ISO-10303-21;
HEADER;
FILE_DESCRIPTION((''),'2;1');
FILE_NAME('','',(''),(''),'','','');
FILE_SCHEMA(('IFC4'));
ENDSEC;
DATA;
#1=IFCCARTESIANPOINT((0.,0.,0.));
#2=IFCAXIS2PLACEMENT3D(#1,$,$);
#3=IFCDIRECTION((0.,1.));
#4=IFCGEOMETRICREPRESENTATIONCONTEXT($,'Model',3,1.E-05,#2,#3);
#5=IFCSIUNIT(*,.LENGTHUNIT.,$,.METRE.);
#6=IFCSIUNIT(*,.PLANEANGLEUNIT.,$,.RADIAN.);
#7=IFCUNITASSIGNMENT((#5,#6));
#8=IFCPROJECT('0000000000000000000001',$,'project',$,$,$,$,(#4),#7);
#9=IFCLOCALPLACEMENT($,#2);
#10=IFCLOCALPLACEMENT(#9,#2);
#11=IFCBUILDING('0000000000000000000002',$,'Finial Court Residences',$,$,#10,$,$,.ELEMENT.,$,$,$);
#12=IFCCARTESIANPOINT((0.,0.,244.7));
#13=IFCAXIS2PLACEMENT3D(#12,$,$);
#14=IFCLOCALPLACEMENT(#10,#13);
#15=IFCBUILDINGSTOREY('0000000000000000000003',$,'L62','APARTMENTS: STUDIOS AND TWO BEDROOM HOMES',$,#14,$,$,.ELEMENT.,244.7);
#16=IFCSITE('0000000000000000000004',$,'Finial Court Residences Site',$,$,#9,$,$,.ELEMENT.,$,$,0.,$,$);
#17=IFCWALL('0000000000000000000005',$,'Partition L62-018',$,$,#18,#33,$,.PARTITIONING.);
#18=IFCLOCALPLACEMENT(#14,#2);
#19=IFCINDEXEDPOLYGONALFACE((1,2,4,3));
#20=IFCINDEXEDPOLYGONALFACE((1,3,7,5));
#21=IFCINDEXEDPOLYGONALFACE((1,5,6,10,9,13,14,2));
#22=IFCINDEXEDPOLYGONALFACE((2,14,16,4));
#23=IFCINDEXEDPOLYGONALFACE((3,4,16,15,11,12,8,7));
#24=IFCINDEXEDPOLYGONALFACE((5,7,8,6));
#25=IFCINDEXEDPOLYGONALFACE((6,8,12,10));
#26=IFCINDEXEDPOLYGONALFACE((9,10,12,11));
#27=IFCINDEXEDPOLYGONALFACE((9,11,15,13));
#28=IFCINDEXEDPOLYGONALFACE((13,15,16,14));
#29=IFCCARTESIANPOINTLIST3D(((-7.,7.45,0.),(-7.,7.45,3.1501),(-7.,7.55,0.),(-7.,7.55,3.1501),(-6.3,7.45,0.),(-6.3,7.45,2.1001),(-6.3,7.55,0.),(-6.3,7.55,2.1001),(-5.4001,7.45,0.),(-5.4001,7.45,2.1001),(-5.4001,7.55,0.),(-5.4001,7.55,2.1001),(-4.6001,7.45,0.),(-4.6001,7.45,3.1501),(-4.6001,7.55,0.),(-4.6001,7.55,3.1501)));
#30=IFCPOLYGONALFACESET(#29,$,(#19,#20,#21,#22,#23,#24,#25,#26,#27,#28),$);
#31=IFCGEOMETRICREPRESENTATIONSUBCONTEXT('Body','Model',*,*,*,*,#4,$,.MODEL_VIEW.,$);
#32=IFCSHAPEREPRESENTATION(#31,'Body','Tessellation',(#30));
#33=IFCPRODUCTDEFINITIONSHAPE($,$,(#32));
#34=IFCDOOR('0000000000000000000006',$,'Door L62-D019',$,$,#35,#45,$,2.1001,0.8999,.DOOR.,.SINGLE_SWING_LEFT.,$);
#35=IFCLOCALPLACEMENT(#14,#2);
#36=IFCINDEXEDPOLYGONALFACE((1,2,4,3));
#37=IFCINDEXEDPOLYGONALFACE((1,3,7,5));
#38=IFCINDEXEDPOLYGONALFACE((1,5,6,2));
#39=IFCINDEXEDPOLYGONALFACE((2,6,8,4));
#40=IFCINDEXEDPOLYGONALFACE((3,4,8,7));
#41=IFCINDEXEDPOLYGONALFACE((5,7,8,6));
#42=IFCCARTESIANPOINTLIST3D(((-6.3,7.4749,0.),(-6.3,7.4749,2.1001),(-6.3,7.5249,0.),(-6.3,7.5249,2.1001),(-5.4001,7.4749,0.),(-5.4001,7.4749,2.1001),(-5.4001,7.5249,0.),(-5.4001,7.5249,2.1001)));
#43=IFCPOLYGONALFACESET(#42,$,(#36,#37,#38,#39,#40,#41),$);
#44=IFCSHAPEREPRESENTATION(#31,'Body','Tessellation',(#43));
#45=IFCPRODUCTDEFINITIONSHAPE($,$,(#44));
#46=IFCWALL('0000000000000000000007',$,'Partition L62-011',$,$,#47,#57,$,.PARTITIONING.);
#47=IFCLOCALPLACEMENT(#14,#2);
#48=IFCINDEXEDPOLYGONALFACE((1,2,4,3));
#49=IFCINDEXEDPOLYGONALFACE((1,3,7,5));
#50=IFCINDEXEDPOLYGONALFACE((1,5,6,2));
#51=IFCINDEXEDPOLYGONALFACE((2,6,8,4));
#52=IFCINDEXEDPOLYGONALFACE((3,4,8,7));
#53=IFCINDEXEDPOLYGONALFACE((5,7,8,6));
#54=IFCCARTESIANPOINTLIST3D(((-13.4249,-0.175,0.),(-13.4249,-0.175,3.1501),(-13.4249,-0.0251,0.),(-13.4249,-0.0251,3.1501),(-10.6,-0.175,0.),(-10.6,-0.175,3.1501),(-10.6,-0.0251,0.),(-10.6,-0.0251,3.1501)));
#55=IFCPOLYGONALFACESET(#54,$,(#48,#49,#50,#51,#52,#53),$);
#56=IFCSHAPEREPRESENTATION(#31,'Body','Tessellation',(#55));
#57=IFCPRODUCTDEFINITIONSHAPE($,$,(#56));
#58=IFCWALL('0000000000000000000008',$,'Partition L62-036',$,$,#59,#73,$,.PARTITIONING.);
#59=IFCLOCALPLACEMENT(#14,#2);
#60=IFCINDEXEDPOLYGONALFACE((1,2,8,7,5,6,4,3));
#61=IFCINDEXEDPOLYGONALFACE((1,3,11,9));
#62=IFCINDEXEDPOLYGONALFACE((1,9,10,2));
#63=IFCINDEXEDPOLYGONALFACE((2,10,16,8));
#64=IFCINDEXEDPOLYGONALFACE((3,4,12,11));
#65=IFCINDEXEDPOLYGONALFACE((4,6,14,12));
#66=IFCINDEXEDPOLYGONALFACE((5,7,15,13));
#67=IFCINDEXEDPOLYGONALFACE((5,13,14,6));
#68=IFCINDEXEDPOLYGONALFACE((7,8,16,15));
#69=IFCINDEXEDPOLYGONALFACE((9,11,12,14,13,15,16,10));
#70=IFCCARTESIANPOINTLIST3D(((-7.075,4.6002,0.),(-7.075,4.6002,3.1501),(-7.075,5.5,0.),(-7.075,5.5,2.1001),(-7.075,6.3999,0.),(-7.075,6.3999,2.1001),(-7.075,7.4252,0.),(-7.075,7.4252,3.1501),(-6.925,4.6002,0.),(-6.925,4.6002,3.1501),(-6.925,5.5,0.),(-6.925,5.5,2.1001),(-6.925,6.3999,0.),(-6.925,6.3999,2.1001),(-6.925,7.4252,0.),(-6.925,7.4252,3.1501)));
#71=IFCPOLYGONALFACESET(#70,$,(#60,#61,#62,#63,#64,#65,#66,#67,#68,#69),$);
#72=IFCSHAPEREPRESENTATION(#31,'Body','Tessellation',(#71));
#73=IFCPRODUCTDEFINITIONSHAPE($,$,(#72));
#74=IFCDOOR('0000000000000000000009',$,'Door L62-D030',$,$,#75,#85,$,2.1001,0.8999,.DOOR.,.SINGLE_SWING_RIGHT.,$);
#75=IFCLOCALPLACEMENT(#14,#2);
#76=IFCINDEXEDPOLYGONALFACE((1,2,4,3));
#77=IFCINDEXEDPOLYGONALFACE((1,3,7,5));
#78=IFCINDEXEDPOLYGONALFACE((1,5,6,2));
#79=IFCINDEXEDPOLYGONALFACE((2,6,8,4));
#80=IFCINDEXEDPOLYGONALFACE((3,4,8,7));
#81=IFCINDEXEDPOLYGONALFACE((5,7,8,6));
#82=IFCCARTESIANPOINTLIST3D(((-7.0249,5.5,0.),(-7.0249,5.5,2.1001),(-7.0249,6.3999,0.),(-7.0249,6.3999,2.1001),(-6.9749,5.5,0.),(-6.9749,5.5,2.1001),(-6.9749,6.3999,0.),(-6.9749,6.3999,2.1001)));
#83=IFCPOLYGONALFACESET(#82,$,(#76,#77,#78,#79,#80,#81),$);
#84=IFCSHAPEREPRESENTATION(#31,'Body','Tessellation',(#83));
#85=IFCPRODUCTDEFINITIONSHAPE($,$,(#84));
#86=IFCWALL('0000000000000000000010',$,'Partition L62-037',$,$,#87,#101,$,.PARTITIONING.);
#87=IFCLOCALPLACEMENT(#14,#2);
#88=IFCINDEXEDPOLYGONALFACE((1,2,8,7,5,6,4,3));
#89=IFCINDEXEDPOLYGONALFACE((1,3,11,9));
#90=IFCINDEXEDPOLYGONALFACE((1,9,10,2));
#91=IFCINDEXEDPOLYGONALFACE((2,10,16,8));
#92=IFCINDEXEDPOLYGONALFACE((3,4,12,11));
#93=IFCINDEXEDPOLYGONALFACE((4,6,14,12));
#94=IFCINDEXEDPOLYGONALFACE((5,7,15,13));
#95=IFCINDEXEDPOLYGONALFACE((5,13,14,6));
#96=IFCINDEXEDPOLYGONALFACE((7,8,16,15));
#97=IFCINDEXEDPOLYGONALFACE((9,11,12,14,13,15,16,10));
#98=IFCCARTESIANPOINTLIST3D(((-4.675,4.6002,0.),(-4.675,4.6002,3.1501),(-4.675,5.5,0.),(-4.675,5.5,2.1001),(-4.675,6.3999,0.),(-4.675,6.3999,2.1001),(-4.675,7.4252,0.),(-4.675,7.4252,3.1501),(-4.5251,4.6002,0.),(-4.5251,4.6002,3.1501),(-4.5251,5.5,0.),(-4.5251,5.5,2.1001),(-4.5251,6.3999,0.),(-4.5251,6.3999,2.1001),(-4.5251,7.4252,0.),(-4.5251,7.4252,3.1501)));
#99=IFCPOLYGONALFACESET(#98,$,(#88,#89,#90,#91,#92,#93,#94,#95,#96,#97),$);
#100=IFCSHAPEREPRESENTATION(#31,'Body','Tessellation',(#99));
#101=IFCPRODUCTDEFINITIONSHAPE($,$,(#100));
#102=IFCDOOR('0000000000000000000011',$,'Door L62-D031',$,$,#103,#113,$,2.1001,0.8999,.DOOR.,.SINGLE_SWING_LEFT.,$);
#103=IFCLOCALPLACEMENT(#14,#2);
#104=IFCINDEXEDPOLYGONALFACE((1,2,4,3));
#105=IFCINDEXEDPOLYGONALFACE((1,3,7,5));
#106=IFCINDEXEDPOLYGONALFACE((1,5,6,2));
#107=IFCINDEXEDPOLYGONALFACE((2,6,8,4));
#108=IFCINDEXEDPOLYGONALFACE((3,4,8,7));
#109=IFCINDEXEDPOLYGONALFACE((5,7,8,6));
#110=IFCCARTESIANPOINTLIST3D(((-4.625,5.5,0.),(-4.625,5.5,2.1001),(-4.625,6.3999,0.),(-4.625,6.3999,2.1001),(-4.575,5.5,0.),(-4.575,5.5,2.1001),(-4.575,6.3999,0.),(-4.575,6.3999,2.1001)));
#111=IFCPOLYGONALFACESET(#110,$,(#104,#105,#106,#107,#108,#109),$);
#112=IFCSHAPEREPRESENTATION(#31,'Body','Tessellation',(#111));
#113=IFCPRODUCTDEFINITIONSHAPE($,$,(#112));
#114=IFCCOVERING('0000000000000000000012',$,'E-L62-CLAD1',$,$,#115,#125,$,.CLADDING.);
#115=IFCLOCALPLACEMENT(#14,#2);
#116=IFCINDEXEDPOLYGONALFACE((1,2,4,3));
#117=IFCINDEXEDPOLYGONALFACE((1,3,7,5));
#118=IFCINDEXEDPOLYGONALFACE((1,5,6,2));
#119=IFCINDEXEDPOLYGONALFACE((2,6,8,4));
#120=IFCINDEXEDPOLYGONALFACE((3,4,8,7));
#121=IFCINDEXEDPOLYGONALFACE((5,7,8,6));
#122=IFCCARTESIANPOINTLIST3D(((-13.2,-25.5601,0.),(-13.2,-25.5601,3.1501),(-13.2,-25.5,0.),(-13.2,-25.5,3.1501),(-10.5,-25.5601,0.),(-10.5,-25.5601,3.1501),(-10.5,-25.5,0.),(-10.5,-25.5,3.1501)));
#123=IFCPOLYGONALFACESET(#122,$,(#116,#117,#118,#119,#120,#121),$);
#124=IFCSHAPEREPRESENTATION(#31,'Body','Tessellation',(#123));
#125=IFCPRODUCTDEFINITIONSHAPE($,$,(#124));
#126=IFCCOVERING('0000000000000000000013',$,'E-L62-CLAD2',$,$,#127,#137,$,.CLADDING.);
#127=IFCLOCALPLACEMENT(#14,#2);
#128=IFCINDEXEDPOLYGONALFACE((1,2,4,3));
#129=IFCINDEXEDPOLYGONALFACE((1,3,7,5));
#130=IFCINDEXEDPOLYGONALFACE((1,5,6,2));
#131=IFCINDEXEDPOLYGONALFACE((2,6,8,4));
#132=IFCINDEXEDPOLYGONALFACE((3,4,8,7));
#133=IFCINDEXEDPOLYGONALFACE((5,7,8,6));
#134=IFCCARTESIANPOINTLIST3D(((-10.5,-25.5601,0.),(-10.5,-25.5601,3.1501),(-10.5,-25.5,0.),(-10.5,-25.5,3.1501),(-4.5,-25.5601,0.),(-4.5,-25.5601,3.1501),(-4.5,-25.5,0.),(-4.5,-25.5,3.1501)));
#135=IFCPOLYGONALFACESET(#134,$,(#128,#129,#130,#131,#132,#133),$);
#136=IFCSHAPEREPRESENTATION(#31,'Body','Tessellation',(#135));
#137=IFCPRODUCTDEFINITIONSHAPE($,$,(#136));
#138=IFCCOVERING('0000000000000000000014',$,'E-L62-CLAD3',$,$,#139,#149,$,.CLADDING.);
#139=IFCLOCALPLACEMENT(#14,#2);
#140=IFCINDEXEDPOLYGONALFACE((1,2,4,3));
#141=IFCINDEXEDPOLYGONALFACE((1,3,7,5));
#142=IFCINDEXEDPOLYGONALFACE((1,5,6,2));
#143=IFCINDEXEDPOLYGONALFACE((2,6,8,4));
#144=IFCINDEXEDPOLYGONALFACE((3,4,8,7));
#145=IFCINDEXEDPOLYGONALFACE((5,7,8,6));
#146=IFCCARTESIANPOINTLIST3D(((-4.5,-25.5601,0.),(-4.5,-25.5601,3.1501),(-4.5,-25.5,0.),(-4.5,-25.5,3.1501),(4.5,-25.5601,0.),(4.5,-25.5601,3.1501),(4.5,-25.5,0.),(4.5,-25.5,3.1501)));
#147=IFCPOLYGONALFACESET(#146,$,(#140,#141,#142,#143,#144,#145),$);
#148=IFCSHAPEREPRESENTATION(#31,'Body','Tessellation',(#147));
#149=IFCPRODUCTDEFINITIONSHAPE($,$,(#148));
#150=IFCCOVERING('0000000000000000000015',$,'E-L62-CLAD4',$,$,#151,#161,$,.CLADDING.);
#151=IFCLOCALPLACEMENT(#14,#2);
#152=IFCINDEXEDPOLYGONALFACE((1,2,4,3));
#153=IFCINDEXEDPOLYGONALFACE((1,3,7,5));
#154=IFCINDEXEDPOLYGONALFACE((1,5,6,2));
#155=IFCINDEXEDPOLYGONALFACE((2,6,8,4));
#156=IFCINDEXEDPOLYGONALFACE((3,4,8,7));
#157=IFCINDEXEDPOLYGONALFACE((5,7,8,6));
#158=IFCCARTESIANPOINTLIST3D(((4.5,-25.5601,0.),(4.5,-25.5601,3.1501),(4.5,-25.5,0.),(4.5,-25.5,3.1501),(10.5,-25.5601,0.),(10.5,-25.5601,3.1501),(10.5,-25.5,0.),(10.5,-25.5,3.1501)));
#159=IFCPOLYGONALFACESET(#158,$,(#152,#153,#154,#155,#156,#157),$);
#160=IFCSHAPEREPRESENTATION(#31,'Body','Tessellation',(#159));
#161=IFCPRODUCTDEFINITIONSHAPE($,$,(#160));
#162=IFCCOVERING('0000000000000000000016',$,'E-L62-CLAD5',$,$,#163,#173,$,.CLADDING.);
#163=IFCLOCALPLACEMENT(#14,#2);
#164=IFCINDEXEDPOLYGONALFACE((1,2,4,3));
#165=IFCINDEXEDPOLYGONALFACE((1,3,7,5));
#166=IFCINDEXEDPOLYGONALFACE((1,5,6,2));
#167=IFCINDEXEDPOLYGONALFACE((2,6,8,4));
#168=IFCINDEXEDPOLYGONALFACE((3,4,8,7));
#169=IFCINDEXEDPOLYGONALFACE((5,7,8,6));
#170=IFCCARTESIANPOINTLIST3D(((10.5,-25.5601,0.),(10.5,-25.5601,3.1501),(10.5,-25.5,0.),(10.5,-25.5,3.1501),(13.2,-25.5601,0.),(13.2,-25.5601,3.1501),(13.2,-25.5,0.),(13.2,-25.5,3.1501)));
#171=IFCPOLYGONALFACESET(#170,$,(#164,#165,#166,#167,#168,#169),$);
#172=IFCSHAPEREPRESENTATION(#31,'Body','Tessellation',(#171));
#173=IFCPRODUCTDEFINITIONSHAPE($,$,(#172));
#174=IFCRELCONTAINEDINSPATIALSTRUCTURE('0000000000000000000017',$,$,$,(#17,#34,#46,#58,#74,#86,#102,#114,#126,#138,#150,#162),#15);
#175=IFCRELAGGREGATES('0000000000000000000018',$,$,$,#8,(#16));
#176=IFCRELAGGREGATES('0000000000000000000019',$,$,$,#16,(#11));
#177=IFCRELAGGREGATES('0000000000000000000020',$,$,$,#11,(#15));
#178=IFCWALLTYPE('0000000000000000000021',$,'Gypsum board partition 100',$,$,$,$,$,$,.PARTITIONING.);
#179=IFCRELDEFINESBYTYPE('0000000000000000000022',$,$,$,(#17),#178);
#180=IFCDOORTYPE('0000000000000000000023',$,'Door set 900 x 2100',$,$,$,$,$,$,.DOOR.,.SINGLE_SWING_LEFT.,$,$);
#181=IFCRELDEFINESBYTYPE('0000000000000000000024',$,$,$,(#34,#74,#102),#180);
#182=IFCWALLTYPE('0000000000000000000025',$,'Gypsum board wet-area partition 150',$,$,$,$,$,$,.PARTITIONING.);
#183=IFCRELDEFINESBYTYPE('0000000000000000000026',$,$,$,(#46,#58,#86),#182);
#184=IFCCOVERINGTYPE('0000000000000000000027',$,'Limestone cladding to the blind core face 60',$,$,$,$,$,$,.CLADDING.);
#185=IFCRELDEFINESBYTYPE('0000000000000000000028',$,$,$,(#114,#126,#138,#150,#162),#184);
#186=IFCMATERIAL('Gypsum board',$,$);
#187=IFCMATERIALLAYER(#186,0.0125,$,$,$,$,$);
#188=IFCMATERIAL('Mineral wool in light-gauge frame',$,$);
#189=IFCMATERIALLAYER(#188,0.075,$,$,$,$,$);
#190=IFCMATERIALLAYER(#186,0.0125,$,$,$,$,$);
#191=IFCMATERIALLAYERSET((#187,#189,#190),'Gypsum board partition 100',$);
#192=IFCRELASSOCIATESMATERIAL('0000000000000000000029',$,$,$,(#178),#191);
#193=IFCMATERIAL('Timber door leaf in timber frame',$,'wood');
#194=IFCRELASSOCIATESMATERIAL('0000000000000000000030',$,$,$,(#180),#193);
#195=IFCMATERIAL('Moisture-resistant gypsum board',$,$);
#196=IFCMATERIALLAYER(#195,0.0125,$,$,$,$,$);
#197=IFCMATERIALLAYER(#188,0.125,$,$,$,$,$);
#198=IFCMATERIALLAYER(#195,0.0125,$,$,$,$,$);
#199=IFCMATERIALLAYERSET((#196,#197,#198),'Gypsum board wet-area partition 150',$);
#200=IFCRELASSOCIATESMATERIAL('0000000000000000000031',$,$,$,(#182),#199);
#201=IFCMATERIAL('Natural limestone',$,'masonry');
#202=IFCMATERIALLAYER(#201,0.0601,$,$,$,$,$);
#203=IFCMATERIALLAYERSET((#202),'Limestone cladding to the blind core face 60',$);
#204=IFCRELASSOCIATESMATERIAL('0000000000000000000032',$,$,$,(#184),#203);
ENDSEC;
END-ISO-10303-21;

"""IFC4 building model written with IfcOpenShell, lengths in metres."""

from ifc_helpers import new_model, si_unit, direction, frame, frame_2d, origin, place, context, subcontext, project, spatial, polyline, rectangle, outline, extrude, material, layer, layer_set, type_object, element, fill, save


model = new_model("IFC4")

# Units and contexts
model_context = context("Model", 3, precision=1e-05, world=origin(), true_north=direction((0.0, 1.0)))
body_context = subcontext(model_context, "Body", "Model", "MODEL_VIEW")
ifc_project = project(units=[si_unit("LENGTHUNIT", "METRE"), si_unit("PLANEANGLEUNIT", "RADIAN")], contexts=[model_context])

# Site, building, storey
site_placement = place(None, origin())
site = spatial("IfcSite", under=ifc_project, at=site_placement, Name="Finial Court Residences Site", CompositionType="ELEMENT", RefElevation=0.0)
building_placement = place(site_placement, origin())
building = spatial("IfcBuilding", under=site, at=building_placement, Name="Finial Court Residences", CompositionType="ELEMENT")
storey_placement = place(building_placement, frame((0.0, 0.0, 244.7)))
storey = spatial("IfcBuildingStorey", under=building, at=storey_placement, Name="L62", Description="APARTMENTS: STUDIOS AND TWO BEDROOM HOMES", CompositionType="ELEMENT", Elevation=244.7)

# Shared definitions
ifc_material_1 = material(Name="Gypsum board")

# Wall, opening, door
ifc_layer_1 = layer(ifc_material_1, 0.0125)
ifc_material_2 = material(Name="Mineral wool in light-gauge frame")
ifc_layer_2 = layer(ifc_material_2, 0.075)
ifc_layer_3 = layer(ifc_material_1, 0.0125)
ifc_layer_set_1 = layer_set([ifc_layer_1, ifc_layer_2, ifc_layer_3], Name="Gypsum board partition 100")
wall_type_1 = type_object("IfcWallType", Name="Gypsum board partition 100", PredefinedType="PARTITIONING", material=ifc_layer_set_1)
wall_1_placement = place(storey_placement, frame((-7.0, 7.5, 0.0), z_axis=(0.0, 0.0, 1.0), x_axis=(1.0, 0.0, 0.0)))
wall_1 = element("IfcWall", 1, at=wall_1_placement, inside=storey, type_object=wall_type_1, Name="Partition L62-018", PredefinedType="PARTITIONING", context=body_context, shape_type="SweptSolid", body=[
    extrude(rectangle(XDim=2.3999, YDim=0.1001, at=frame_2d((1.2, 0.0))), origin(), (0.0, 0.0, 1.0), 3.1501),
])
opening_1_placement = place(wall_1_placement, frame((0.7, 0.0, 0.0)))
opening_1 = element("IfcOpeningElement", 2, at=opening_1_placement, cuts=wall_1, PredefinedType="OPENING", context=body_context, shape_type="SweptSolid", body=[
    extrude(rectangle(XDim=0.8999, YDim=2.1001, at=frame_2d((0.45, 1.05))), frame((0.0, 0.0601, 0.0), z_axis=(0.0, -1.0, 0.0), x_axis=(1.0, 0.0, 0.0)), (0.0, 0.0, 1.0), 0.1201),
])
ifc_material_3 = material(Name="Timber door leaf in timber frame", Category="wood")
door_type = type_object("IfcDoorType", Name="Door set 900 x 2100", OperationType="SINGLE_SWING_LEFT", PredefinedType="DOOR", material=ifc_material_3)
door_1_placement = place(opening_1_placement, origin())
door_1 = element("IfcDoor", 3, at=door_1_placement, inside=storey, type_object=door_type, Name="Door L62-D019", OperationType="SINGLE_SWING_LEFT", OverallHeight=2.1001, OverallWidth=0.8999, PredefinedType="DOOR", context=body_context, shape_type="SweptSolid", body=[
    extrude(rectangle(XDim=0.8999, YDim=2.1001, at=frame_2d((0.45, 1.05))), frame((0.0, 0.0249, 0.0), z_axis=(0.0, -1.0, 0.0), x_axis=(1.0, 0.0, 0.0)), (0.0, 0.0, 1.0), 0.05),
])
fill(opening_1, door_1)

# Wall
ifc_material_4 = material(Name="Moisture-resistant gypsum board")
ifc_layer_4 = layer(ifc_material_4, 0.0125)
ifc_layer_5 = layer(ifc_material_2, 0.125)
ifc_layer_6 = layer(ifc_material_4, 0.0125)
ifc_layer_set_2 = layer_set([ifc_layer_4, ifc_layer_5, ifc_layer_6], Name="Gypsum board wet-area partition 150")
wall_type_2 = type_object("IfcWallType", Name="Gypsum board wet-area partition 150", PredefinedType="PARTITIONING", material=ifc_layer_set_2)
wall_2_placement = place(storey_placement, frame((-13.425, -0.1001, 0.0), z_axis=(0.0, 0.0, 1.0), x_axis=(1.0, 0.0, 0.0)))
element("IfcWall", 4, at=wall_2_placement, inside=storey, type_object=wall_type_2, Name="Partition L62-011", PredefinedType="PARTITIONING", context=body_context, shape_type="SweptSolid", body=[
    extrude(rectangle(XDim=2.825, YDim=0.1499, at=frame_2d((1.4126, 0.0))), origin(), (0.0, 0.0, 1.0), 3.1501),
])

# Walls, openings, doors
wall_3_placement = place(storey_placement, frame((-7.0, 4.6001, 0.0), z_axis=(0.0, 0.0, 1.0), x_axis=(0.0, 1.0, 0.0)))
wall_3 = element("IfcWall", 5, at=wall_3_placement, inside=storey, type_object=wall_type_2, Name="Partition L62-036", PredefinedType="PARTITIONING", context=body_context, shape_type="SweptSolid", body=[
    extrude(rectangle(XDim=2.825, YDim=0.1499, at=frame_2d((1.4126, 0.0))), origin(), (0.0, 0.0, 1.0), 3.1501),
])
opening_2_placement = place(wall_3_placement, frame((0.8999, 0.0, 0.0)))
opening_2 = element("IfcOpeningElement", 6, at=opening_2_placement, cuts=wall_3, PredefinedType="OPENING", context=body_context, shape_type="SweptSolid", body=[
    extrude(rectangle(XDim=0.8999, YDim=2.1001, at=frame_2d((0.45, 1.05))), frame((0.0, 0.085, 0.0), z_axis=(0.0, -1.0, 0.0), x_axis=(1.0, 0.0, 0.0)), (0.0, 0.0, 1.0), 0.1699),
])
door_2_placement = place(opening_2_placement, origin())
door_2 = element("IfcDoor", 7, at=door_2_placement, inside=storey, type_object=door_type, Name="Door L62-D030", OperationType="SINGLE_SWING_RIGHT", OverallHeight=2.1001, OverallWidth=0.8999, PredefinedType="DOOR", context=body_context, shape_type="SweptSolid", body=[
    extrude(rectangle(XDim=0.8999, YDim=2.1001, at=frame_2d((0.45, 1.05))), frame((0.0, 0.0249, 0.0), z_axis=(0.0, -1.0, 0.0), x_axis=(1.0, 0.0, 0.0)), (0.0, 0.0, 1.0), 0.05),
])
fill(opening_2, door_2)
wall_4_placement = place(storey_placement, frame((-4.6001, 4.6001, 0.0), z_axis=(0.0, 0.0, 1.0), x_axis=(0.0, 1.0, 0.0)))
wall_4 = element("IfcWall", 8, at=wall_4_placement, inside=storey, type_object=wall_type_2, Name="Partition L62-037", PredefinedType="PARTITIONING", context=body_context, shape_type="SweptSolid", body=[
    extrude(rectangle(XDim=2.825, YDim=0.1499, at=frame_2d((1.4126, 0.0))), origin(), (0.0, 0.0, 1.0), 3.1501),
])
opening_3_placement = place(wall_4_placement, frame((0.8999, 0.0, 0.0)))
opening_3 = element("IfcOpeningElement", 9, at=opening_3_placement, cuts=wall_4, PredefinedType="OPENING", context=body_context, shape_type="SweptSolid", body=[
    extrude(rectangle(XDim=0.8999, YDim=2.1001, at=frame_2d((0.45, 1.05))), frame((0.0, 0.085, 0.0), z_axis=(0.0, -1.0, 0.0), x_axis=(1.0, 0.0, 0.0)), (0.0, 0.0, 1.0), 0.1699),
])
door_3_placement = place(opening_3_placement, origin())
door_3 = element("IfcDoor", 10, at=door_3_placement, inside=storey, type_object=door_type, Name="Door L62-D031", OperationType="SINGLE_SWING_LEFT", OverallHeight=2.1001, OverallWidth=0.8999, PredefinedType="DOOR", context=body_context, shape_type="SweptSolid", body=[
    extrude(rectangle(XDim=0.8999, YDim=2.1001, at=frame_2d((0.45, 1.05))), frame((0.0, 0.0249, 0.0), z_axis=(0.0, -1.0, 0.0), x_axis=(1.0, 0.0, 0.0)), (0.0, 0.0, 1.0), 0.05),
])
fill(opening_3, door_3)

# Coverings
ifc_material_5 = material(Name="Natural limestone", Category="masonry")
ifc_layer_7 = layer(ifc_material_5, 0.0601)
ifc_layer_set_3 = layer_set([ifc_layer_7], Name="Limestone cladding to the blind core face 60")
covering_type = type_object("IfcCoveringType", Name="Limestone cladding to the blind core face 60", PredefinedType="CLADDING", material=ifc_layer_set_3)
covering_1_placement = place(storey_placement, origin())
element("IfcCovering", 11, at=covering_1_placement, inside=storey, type_object=covering_type, Name="E-L62-CLAD1", PredefinedType="CLADDING", context=body_context, shape_type="SweptSolid", body=[
    extrude(outline(polyline([(-10.5, -25.5601), (-10.5, -25.5), (-13.2, -25.5), (-13.2, -25.5601), (-10.5, -25.5601)])), origin(), (0.0, 0.0, 1.0), 3.1501),
])
covering_2_placement = place(storey_placement, origin())
element("IfcCovering", 12, at=covering_2_placement, inside=storey, type_object=covering_type, Name="E-L62-CLAD2", PredefinedType="CLADDING", context=body_context, shape_type="SweptSolid", body=[
    extrude(outline(polyline([(-4.5, -25.5601), (-4.5, -25.5), (-10.5, -25.5), (-10.5, -25.5601), (-4.5, -25.5601)])), origin(), (0.0, 0.0, 1.0), 3.1501),
])
covering_3_placement = place(storey_placement, origin())
element("IfcCovering", 13, at=covering_3_placement, inside=storey, type_object=covering_type, Name="E-L62-CLAD3", PredefinedType="CLADDING", context=body_context, shape_type="SweptSolid", body=[
    extrude(outline(polyline([(4.5, -25.5601), (4.5, -25.5), (-4.5, -25.5), (-4.5, -25.5601), (4.5, -25.5601)])), origin(), (0.0, 0.0, 1.0), 3.1501),
])
covering_4_placement = place(storey_placement, origin())
element("IfcCovering", 14, at=covering_4_placement, inside=storey, type_object=covering_type, Name="E-L62-CLAD4", PredefinedType="CLADDING", context=body_context, shape_type="SweptSolid", body=[
    extrude(outline(polyline([(10.5, -25.5601), (10.5, -25.5), (4.5, -25.5), (4.5, -25.5601), (10.5, -25.5601)])), origin(), (0.0, 0.0, 1.0), 3.1501),
])
covering_5_placement = place(storey_placement, origin())
element("IfcCovering", 15, at=covering_5_placement, inside=storey, type_object=covering_type, Name="E-L62-CLAD5", PredefinedType="CLADDING", context=body_context, shape_type="SweptSolid", body=[
    extrude(outline(polyline([(13.2, -25.5601), (13.2, -25.5), (10.5, -25.5), (10.5, -25.5601), (13.2, -25.5601)])), origin(), (0.0, 0.0, 1.0), 3.1501),
])

save(model, "model.ifc")
